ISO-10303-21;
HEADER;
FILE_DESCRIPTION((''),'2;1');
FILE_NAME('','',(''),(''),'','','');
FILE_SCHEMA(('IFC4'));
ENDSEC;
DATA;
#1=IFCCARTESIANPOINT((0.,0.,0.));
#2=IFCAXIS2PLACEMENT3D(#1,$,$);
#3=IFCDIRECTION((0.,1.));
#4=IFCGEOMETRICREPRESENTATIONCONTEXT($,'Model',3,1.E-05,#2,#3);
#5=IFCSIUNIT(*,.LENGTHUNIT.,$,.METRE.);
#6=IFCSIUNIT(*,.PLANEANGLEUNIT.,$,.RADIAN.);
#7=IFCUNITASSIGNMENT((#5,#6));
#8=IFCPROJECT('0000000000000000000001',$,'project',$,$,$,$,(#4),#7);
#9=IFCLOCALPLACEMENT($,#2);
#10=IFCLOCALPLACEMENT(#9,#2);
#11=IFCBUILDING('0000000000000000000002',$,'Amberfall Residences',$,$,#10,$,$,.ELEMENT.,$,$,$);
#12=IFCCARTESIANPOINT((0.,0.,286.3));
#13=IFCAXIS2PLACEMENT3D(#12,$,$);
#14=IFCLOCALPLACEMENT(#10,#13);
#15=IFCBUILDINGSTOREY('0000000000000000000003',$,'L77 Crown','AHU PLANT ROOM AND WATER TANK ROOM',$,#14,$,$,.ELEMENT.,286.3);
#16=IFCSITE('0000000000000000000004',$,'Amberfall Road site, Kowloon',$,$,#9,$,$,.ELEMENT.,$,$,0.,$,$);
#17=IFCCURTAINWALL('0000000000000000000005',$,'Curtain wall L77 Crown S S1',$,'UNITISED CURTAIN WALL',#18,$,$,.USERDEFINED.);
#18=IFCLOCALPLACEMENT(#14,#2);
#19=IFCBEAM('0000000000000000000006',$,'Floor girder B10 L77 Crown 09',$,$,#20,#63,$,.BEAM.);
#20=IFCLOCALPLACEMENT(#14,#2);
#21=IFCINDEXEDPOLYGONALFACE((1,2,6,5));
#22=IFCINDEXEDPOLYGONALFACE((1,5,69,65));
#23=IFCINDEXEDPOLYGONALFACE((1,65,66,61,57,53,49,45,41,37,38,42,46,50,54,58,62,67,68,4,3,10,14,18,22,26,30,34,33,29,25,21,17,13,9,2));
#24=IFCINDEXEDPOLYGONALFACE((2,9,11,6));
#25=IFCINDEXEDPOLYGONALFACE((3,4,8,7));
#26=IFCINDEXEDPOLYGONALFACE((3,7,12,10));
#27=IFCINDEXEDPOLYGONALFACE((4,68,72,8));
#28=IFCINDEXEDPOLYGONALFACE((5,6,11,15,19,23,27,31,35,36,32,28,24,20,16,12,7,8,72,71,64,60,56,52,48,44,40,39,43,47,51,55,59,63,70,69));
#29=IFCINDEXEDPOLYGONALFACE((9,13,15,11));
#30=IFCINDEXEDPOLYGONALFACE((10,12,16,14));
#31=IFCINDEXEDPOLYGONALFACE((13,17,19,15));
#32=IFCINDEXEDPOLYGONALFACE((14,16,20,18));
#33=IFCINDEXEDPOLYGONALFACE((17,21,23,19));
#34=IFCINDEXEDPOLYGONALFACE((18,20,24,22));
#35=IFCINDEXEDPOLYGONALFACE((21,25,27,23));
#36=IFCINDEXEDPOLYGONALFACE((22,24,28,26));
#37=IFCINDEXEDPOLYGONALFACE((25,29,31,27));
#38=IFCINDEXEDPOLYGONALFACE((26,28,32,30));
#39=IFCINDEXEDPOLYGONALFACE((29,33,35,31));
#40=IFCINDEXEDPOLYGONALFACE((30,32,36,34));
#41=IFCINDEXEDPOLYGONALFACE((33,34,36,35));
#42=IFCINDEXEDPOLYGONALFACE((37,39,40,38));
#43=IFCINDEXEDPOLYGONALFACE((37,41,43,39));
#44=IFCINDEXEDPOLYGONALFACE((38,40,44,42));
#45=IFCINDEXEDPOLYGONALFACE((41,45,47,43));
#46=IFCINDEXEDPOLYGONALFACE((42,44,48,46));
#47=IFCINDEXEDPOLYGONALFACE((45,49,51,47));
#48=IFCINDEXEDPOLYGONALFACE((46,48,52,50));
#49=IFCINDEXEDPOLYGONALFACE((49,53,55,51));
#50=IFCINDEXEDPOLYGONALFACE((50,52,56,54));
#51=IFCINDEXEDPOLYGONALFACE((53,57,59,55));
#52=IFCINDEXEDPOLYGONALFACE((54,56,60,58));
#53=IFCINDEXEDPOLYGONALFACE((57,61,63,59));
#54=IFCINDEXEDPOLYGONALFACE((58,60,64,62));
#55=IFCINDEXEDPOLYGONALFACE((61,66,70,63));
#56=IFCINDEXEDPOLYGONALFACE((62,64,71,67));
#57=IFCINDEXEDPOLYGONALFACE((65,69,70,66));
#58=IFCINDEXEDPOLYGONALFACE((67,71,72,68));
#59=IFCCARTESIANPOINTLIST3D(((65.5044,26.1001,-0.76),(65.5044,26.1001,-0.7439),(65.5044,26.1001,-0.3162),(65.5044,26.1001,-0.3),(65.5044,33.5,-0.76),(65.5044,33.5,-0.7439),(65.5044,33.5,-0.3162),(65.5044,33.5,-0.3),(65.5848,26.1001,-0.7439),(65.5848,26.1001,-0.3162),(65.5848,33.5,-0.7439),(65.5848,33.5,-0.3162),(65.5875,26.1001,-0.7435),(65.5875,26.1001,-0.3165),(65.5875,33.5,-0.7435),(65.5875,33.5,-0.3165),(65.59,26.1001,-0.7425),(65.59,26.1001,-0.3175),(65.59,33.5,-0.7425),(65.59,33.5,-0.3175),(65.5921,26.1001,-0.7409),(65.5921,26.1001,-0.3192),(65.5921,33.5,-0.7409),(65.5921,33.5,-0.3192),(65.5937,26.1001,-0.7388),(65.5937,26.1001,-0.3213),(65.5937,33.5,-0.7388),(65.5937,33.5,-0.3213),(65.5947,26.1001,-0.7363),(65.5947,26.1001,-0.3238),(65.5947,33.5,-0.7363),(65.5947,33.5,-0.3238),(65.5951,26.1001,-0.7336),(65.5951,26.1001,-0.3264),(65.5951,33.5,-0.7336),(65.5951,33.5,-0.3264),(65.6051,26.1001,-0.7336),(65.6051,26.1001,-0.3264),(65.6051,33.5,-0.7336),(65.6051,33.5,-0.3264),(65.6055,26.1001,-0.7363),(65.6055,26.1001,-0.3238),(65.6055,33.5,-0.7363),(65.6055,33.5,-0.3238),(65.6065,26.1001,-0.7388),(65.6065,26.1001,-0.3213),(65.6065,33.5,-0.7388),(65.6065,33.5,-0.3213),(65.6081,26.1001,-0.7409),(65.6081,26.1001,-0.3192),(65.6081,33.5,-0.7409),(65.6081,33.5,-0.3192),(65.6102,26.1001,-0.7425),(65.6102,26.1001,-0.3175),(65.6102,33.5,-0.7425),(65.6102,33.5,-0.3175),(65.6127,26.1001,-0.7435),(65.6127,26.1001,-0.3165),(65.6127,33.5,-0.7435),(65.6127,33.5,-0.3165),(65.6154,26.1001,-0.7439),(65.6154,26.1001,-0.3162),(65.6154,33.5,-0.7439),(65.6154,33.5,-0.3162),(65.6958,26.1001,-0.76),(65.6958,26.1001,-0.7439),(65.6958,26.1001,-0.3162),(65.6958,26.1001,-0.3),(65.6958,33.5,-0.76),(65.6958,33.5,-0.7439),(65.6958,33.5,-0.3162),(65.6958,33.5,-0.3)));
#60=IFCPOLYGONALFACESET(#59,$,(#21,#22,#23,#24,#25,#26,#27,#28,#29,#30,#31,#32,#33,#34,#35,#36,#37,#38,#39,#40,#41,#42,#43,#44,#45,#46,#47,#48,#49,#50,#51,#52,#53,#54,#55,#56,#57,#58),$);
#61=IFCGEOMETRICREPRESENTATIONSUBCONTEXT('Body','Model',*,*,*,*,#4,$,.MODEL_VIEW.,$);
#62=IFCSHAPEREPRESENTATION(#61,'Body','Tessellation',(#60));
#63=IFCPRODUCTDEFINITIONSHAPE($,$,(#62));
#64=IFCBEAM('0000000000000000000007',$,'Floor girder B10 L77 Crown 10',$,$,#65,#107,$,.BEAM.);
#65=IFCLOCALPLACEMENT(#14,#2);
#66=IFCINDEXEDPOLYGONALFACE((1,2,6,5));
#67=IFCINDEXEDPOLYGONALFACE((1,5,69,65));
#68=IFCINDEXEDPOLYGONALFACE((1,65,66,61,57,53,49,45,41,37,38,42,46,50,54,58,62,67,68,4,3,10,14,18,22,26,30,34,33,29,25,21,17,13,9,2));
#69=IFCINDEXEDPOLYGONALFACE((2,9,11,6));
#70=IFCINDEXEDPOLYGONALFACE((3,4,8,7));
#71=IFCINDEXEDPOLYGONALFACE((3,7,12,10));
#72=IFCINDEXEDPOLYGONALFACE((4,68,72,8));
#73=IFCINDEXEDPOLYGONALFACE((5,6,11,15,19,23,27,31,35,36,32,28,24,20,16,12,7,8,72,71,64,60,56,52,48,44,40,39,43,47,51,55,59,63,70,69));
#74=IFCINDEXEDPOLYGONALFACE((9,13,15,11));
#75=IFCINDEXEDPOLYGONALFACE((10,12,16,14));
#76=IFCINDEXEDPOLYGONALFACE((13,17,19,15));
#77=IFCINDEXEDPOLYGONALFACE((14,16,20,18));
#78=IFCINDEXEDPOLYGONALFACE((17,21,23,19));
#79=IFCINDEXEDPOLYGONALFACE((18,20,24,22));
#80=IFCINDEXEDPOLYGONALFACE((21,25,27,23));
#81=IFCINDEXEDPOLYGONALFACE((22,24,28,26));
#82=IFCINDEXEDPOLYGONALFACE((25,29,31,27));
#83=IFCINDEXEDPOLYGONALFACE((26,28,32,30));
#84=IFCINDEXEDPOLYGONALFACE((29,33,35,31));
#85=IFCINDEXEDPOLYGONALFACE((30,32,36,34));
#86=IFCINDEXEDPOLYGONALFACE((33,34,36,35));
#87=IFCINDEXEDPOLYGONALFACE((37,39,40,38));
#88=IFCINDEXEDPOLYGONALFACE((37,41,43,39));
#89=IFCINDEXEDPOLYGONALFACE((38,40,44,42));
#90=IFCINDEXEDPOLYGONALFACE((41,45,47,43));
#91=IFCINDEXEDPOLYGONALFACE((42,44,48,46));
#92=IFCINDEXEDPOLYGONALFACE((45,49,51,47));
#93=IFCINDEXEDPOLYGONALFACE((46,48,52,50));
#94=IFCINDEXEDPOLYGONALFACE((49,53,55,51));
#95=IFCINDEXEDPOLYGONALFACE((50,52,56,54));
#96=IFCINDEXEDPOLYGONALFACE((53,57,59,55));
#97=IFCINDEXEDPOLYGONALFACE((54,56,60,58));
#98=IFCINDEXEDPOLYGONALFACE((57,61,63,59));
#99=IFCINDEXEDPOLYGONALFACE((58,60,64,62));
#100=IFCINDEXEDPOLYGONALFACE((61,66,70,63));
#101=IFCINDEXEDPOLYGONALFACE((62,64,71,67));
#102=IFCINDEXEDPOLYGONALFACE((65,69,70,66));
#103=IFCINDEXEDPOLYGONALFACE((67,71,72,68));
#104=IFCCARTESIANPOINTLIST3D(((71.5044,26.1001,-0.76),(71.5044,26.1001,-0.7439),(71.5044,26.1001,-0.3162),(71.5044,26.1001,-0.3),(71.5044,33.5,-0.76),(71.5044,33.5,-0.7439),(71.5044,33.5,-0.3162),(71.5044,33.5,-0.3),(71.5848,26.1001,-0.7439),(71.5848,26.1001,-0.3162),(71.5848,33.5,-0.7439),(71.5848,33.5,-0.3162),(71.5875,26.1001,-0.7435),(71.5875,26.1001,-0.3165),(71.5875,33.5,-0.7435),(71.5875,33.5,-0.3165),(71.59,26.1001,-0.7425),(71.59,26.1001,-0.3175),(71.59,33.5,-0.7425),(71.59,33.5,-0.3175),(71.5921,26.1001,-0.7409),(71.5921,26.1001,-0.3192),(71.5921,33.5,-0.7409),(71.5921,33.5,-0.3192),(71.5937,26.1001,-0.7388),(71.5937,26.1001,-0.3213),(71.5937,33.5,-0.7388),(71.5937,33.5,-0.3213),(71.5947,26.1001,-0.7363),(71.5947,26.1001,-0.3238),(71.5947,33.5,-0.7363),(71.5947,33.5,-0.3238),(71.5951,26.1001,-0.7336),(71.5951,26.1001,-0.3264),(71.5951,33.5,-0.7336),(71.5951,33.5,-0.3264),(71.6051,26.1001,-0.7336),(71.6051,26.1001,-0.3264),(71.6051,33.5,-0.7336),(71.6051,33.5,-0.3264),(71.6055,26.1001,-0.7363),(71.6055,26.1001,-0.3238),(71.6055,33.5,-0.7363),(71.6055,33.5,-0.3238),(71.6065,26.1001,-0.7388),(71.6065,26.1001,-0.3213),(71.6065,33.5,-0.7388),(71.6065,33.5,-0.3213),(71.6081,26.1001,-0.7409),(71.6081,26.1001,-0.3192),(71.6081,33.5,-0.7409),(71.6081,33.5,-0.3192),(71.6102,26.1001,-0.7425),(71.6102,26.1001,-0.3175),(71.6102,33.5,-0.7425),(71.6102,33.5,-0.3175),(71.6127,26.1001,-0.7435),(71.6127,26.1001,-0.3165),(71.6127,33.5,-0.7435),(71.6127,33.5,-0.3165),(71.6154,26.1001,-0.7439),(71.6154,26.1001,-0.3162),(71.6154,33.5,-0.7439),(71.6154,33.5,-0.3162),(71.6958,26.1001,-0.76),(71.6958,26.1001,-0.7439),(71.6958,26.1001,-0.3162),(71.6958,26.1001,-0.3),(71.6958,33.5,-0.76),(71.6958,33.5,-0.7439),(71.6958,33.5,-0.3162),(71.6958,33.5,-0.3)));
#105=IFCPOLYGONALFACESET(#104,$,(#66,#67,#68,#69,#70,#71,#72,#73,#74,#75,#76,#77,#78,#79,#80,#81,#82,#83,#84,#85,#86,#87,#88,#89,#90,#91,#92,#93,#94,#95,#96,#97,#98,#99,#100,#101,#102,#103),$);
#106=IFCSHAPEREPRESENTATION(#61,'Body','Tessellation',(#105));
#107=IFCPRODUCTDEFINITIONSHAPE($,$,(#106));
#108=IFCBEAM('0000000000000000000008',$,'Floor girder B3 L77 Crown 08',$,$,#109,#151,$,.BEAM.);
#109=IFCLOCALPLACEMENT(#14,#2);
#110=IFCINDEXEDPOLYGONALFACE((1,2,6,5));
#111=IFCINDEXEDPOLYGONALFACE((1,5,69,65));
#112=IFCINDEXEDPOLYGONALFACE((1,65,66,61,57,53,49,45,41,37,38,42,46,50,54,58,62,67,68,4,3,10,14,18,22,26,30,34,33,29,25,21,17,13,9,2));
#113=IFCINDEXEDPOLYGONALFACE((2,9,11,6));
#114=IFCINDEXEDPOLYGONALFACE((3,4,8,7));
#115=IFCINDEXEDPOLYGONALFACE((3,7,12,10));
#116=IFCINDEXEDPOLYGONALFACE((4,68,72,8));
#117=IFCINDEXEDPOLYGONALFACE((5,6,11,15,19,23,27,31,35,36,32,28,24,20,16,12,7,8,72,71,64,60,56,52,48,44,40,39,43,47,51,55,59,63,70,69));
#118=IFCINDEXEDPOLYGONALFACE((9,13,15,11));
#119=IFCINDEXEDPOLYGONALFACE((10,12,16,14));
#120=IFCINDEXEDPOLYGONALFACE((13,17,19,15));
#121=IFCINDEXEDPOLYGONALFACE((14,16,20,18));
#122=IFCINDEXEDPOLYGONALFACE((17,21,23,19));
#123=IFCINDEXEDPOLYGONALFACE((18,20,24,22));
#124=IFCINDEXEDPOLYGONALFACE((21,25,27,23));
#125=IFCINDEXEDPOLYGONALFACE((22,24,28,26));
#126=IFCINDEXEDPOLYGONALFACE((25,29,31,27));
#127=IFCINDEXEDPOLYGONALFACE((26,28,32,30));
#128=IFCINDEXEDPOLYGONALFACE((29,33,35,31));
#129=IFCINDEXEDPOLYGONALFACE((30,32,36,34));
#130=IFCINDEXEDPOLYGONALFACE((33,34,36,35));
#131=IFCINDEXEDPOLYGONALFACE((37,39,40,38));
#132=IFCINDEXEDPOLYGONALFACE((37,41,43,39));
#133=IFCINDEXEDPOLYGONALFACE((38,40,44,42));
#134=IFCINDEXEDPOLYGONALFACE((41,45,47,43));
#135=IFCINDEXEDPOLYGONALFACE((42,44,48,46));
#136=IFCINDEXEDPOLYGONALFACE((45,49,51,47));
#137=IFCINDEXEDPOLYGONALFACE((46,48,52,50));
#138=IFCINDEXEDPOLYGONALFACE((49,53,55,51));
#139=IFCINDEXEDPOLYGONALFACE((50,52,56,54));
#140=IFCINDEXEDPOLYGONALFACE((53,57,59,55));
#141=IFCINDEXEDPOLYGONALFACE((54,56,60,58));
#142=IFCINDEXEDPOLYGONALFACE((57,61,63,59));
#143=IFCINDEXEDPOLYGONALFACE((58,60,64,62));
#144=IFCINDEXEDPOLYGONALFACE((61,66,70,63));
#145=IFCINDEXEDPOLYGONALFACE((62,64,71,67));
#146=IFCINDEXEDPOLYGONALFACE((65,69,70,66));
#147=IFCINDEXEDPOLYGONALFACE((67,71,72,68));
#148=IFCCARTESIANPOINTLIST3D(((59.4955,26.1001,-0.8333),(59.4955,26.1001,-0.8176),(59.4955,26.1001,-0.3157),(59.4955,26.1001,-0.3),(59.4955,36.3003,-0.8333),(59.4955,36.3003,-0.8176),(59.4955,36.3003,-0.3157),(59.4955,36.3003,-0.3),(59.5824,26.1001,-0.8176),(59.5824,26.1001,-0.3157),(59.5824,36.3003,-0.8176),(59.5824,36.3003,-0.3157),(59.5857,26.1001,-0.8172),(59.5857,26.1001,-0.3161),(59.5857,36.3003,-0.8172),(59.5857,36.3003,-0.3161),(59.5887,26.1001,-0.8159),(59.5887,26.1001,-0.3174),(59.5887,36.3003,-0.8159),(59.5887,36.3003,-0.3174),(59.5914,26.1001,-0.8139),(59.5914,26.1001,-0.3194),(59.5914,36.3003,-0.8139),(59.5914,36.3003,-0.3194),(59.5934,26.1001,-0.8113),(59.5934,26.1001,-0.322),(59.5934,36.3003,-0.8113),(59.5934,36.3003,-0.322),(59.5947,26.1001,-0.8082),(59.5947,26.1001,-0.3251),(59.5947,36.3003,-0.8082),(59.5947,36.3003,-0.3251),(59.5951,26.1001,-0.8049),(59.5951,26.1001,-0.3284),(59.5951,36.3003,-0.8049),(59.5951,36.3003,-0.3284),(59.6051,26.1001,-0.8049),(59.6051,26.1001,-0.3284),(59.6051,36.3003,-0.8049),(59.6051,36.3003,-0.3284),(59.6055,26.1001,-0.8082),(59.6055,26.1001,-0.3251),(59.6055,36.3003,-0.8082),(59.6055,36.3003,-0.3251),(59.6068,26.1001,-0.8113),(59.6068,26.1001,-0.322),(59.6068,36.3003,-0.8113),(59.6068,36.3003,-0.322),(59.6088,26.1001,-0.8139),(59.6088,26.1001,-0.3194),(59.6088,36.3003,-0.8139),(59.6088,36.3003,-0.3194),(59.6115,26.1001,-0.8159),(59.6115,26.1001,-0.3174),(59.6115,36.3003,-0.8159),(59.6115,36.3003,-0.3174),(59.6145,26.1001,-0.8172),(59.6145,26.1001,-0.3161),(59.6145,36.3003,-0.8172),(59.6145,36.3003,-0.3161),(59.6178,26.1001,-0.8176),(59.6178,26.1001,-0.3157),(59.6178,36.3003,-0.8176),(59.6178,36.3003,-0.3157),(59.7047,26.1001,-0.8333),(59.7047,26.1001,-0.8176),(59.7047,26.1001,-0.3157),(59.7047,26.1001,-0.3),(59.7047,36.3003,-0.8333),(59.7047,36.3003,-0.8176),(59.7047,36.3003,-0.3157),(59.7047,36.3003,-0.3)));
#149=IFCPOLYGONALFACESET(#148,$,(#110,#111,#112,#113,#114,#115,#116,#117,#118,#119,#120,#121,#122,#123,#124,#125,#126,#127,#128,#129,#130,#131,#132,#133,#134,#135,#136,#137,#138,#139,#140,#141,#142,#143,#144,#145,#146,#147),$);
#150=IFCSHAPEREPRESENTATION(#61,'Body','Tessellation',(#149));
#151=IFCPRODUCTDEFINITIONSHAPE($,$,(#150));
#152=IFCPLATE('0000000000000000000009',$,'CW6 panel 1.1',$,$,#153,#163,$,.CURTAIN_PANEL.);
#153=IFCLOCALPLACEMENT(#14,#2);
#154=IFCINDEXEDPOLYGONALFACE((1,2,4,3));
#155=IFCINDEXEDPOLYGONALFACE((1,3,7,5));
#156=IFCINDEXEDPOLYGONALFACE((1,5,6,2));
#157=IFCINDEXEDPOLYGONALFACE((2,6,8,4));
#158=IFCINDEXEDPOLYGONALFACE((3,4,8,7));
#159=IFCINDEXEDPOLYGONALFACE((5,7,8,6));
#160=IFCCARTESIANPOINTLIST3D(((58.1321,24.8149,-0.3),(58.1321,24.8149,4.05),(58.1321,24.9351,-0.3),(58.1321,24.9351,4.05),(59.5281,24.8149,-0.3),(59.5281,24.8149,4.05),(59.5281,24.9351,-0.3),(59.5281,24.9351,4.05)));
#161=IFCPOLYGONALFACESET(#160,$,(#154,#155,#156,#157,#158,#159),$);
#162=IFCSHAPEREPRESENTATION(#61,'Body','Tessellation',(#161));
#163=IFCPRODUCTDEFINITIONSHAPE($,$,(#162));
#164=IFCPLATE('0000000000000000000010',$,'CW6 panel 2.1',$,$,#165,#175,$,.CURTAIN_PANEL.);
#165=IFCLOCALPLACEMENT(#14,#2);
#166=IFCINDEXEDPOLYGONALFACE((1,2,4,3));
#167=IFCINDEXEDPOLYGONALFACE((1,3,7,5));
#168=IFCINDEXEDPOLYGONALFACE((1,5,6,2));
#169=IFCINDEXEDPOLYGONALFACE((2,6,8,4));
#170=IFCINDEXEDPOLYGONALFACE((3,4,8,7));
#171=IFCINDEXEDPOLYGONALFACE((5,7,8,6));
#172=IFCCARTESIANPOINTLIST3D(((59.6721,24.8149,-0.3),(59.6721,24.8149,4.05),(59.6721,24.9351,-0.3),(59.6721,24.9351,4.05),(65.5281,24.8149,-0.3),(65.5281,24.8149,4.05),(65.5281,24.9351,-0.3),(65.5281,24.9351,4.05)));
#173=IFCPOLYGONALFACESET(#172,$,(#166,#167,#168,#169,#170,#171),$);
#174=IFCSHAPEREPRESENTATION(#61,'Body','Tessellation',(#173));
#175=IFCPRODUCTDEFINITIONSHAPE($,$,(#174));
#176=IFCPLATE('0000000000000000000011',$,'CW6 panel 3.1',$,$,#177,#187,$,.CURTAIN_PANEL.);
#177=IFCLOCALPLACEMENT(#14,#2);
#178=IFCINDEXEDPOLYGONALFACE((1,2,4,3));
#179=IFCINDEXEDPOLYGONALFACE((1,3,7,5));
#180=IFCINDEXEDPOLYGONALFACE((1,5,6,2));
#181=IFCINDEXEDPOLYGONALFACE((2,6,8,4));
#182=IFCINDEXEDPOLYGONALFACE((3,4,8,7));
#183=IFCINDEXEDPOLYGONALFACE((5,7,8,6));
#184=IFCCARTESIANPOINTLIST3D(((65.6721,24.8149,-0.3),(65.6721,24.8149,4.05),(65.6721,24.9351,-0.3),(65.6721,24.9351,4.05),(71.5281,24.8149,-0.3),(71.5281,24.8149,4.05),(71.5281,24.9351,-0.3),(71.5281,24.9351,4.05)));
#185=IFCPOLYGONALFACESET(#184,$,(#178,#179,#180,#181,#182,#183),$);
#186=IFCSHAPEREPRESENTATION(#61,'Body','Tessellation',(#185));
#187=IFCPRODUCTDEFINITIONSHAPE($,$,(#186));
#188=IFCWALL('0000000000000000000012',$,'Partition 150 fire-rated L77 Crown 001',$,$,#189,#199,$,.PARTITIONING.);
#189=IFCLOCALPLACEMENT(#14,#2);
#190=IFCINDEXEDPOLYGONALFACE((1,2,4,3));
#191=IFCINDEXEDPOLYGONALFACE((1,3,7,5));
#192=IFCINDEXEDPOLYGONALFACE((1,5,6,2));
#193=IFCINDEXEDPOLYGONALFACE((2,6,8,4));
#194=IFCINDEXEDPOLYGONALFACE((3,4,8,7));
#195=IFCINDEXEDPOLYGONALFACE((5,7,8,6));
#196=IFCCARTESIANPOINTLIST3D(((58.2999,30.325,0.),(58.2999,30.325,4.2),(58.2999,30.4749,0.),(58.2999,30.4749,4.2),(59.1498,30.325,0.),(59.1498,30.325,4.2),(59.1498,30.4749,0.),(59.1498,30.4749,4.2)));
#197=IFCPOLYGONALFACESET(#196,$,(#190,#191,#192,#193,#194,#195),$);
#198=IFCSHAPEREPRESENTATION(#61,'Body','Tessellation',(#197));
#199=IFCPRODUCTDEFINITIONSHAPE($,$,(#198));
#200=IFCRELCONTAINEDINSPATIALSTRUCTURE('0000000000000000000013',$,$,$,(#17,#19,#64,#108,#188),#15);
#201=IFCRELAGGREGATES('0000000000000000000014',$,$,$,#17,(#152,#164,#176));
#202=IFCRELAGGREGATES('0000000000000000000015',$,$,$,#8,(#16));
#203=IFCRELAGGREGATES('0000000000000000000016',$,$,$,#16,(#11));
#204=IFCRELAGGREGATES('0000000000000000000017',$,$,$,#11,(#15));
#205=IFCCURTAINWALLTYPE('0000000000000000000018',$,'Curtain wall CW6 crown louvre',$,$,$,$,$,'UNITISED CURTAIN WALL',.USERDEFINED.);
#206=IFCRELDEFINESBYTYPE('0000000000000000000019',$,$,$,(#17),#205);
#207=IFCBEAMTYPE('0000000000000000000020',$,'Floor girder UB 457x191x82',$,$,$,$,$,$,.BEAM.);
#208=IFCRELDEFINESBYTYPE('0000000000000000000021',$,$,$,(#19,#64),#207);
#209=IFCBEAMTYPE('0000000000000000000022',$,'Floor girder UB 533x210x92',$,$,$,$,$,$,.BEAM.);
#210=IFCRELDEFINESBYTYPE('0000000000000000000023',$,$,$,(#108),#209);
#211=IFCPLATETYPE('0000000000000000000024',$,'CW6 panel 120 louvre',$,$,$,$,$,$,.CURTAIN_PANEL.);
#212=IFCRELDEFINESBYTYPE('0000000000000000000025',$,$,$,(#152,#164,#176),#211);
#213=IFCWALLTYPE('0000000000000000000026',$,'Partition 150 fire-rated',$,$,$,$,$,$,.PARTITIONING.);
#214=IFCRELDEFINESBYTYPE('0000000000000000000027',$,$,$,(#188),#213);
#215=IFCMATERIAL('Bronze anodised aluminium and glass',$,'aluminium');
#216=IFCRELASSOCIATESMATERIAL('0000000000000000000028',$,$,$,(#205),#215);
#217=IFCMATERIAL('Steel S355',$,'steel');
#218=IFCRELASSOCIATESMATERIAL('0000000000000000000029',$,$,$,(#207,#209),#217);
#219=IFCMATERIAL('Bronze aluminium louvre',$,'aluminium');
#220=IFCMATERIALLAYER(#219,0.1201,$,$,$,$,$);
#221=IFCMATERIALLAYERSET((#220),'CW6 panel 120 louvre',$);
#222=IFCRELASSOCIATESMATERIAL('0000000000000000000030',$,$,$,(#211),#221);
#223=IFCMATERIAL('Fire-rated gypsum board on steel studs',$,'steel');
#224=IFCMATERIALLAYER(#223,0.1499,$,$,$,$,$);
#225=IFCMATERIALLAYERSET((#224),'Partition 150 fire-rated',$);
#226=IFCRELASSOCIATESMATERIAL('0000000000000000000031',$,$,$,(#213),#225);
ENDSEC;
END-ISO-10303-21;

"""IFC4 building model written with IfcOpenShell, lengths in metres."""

from ifc_helpers import new_model, si_unit, direction, frame, frame_2d, origin, origin_2d, place, context, subcontext, project, spatial, rectangle, i_section, extrude, material, layer, layer_set, material_profile, profile_set, type_object, element, aggregate, save


model = new_model("IFC4")

# Units and contexts
model_context = context("Model", 3, precision=1e-05, world=origin(), true_north=direction((0.0, 1.0)))
body_context = subcontext(model_context, "Body", "Model", "MODEL_VIEW")
ifc_project = project(units=[si_unit("LENGTHUNIT", "METRE"), si_unit("PLANEANGLEUNIT", "RADIAN")], contexts=[model_context])

# Site, building, storey
site_placement = place(None, origin())
site = spatial("IfcSite", under=ifc_project, at=site_placement, Name="Amberfall Road site, Kowloon", CompositionType="ELEMENT", RefElevation=0.0)
building_placement = place(site_placement, origin())
building = spatial("IfcBuilding", under=site, at=building_placement, Name="Amberfall Residences", CompositionType="ELEMENT")
storey_placement = place(building_placement, frame((0.0, 0.0, 286.3)))
storey = spatial("IfcBuildingStorey", under=building, at=storey_placement, Name="L77 Crown", Description="AHU PLANT ROOM AND WATER TANK ROOM", CompositionType="ELEMENT", Elevation=286.3)

# Curtain wall
ifc_material_1 = material(Name="Bronze anodised aluminium and glass", Category="aluminium")
curtain_wall_type = type_object("IfcCurtainWallType", Name="Curtain wall CW6 crown louvre", ElementType="UNITISED CURTAIN WALL", PredefinedType="USERDEFINED", material=ifc_material_1)
curtain_wall_placement = place(storey_placement, origin())
curtain_wall = element("IfcCurtainWall", 1, at=curtain_wall_placement, inside=storey, type_object=curtain_wall_type, Name="Curtain wall L77 Crown S S1", ObjectType="UNITISED CURTAIN WALL", PredefinedType="USERDEFINED")

# Beams
ifc_material_2 = material(Name="Steel S355", Category="steel")
ifc_material_profile_1 = material_profile(ifc_material_2, i_section(OverallWidth=0.1914, OverallDepth=0.46, WebThickness=0.01, FlangeThickness=0.0161, FilletRadius=0.0103, at=origin_2d()), Name="UB 457x191x82")
ifc_profile_set_1 = profile_set([ifc_material_profile_1], Name="Steel S355")
beam_type_1 = type_object("IfcBeamType", Name="Floor girder UB 457x191x82", PredefinedType="BEAM", material=ifc_profile_set_1)
for number, where, z_axis, x_axis, name in (
    (2, (65.6001, 26.1001, -0.53), (0.0, 1.0, 0.0), (-1.0, 0.0, 0.0), "Floor girder B10 L77 Crown 09"),
    (3, (71.6001, 26.1001, -0.53), (0.0, 1.0, 0.0), (-1.0, 0.0, 0.0), "Floor girder B10 L77 Crown 10"),
):
    element("IfcBeam", number, at=place(storey_placement, frame(where, z_axis=z_axis, x_axis=x_axis)), inside=storey, type_object=beam_type_1, Name=name, PredefinedType="BEAM", context=body_context, shape_type="SweptSolid", body=[
        extrude(i_section(OverallWidth=0.1914, OverallDepth=0.46, WebThickness=0.01, FlangeThickness=0.0161, FilletRadius=0.0103, at=origin_2d()), origin(), (0.0, 0.0, 1.0), 7.3999),
    ])
ifc_material_profile_2 = material_profile(ifc_material_2, i_section(OverallWidth=0.2092, OverallDepth=0.5332, WebThickness=0.01, FlangeThickness=0.0156, FilletRadius=0.0127, at=origin_2d()), Name="UB 533x210x92")
ifc_profile_set_2 = profile_set([ifc_material_profile_2], Name="Steel S355")
beam_type_2 = type_object("IfcBeamType", Name="Floor girder UB 533x210x92", PredefinedType="BEAM", material=ifc_profile_set_2)
beam_placement = place(storey_placement, frame((59.6001, 26.1001, -0.5667), z_axis=(0.0, 1.0, 0.0), x_axis=(-1.0, 0.0, 0.0)))
element("IfcBeam", 4, at=beam_placement, inside=storey, type_object=beam_type_2, Name="Floor girder B3 L77 Crown 08", PredefinedType="BEAM", context=body_context, shape_type="SweptSolid", body=[
    extrude(i_section(OverallWidth=0.2092, OverallDepth=0.5332, WebThickness=0.01, FlangeThickness=0.0156, FilletRadius=0.0127, at=origin_2d()), origin(), (0.0, 0.0, 1.0), 10.2002),
])

# Plates
ifc_material_3 = material(Name="Bronze aluminium louvre", Category="aluminium")
ifc_layer_1 = layer(ifc_material_3, 0.1201)
ifc_layer_set_1 = layer_set([ifc_layer_1], Name="CW6 panel 120 louvre")
plate_type = type_object("IfcPlateType", Name="CW6 panel 120 louvre", PredefinedType="CURTAIN_PANEL", material=ifc_layer_set_1)
plate_1_placement = place(storey_placement, frame((58.8301, 24.875, -0.3), z_axis=(0.0, 0.0, 1.0), x_axis=(1.0, 0.0, 0.0)))
plate_1 = element("IfcPlate", 5, at=plate_1_placement, type_object=plate_type, Name="CW6 panel 1.1", PredefinedType="CURTAIN_PANEL", context=body_context, shape_type="SweptSolid", body=[
    extrude(rectangle(XDim=1.396, YDim=0.1201, at=origin_2d()), origin(), (0.0, 0.0, 1.0), 4.3501),
])
plate_2_placement = place(storey_placement, frame((62.6001, 24.875, -0.3), z_axis=(0.0, 0.0, 1.0), x_axis=(1.0, 0.0, 0.0)))
plate_2 = element("IfcPlate", 6, at=plate_2_placement, type_object=plate_type, Name="CW6 panel 2.1", PredefinedType="CURTAIN_PANEL", context=body_context, shape_type="SweptSolid", body=[
    extrude(rectangle(XDim=5.856, YDim=0.1201, at=origin_2d()), origin(), (0.0, 0.0, 1.0), 4.3501),
])
plate_3_placement = place(storey_placement, frame((68.6001, 24.875, -0.3), z_axis=(0.0, 0.0, 1.0), x_axis=(1.0, 0.0, 0.0)))
plate_3 = element("IfcPlate", 7, at=plate_3_placement, type_object=plate_type, Name="CW6 panel 3.1", PredefinedType="CURTAIN_PANEL", context=body_context, shape_type="SweptSolid", body=[
    extrude(rectangle(XDim=5.856, YDim=0.1201, at=origin_2d()), origin(), (0.0, 0.0, 1.0), 4.3501),
])
aggregate(curtain_wall, [plate_1, plate_2, plate_3])

# Wall
ifc_material_4 = material(Name="Fire-rated gypsum board on steel studs", Category="steel")
ifc_layer_2 = layer(ifc_material_4, 0.1499)
ifc_layer_set_2 = layer_set([ifc_layer_2], Name="Partition 150 fire-rated")
wall_type = type_object("IfcWallType", Name="Partition 150 fire-rated", PredefinedType="PARTITIONING", material=ifc_layer_set_2)
wall_1_placement = place(storey_placement, frame((58.3, 30.3999, 0.0), z_axis=(0.0, 0.0, 1.0), x_axis=(1.0, 0.0, 0.0)))
element("IfcWall", 8, at=wall_1_placement, inside=storey, type_object=wall_type, Name="Partition 150 fire-rated L77 Crown 001", PredefinedType="PARTITIONING", context=body_context, shape_type="SweptSolid", body=[
    extrude(rectangle(XDim=0.8499, YDim=0.1499, at=frame_2d((0.4248, 0.0))), origin(), (0.0, 0.0, 1.0), 4.2),
])

save(model, "model.ifc")
